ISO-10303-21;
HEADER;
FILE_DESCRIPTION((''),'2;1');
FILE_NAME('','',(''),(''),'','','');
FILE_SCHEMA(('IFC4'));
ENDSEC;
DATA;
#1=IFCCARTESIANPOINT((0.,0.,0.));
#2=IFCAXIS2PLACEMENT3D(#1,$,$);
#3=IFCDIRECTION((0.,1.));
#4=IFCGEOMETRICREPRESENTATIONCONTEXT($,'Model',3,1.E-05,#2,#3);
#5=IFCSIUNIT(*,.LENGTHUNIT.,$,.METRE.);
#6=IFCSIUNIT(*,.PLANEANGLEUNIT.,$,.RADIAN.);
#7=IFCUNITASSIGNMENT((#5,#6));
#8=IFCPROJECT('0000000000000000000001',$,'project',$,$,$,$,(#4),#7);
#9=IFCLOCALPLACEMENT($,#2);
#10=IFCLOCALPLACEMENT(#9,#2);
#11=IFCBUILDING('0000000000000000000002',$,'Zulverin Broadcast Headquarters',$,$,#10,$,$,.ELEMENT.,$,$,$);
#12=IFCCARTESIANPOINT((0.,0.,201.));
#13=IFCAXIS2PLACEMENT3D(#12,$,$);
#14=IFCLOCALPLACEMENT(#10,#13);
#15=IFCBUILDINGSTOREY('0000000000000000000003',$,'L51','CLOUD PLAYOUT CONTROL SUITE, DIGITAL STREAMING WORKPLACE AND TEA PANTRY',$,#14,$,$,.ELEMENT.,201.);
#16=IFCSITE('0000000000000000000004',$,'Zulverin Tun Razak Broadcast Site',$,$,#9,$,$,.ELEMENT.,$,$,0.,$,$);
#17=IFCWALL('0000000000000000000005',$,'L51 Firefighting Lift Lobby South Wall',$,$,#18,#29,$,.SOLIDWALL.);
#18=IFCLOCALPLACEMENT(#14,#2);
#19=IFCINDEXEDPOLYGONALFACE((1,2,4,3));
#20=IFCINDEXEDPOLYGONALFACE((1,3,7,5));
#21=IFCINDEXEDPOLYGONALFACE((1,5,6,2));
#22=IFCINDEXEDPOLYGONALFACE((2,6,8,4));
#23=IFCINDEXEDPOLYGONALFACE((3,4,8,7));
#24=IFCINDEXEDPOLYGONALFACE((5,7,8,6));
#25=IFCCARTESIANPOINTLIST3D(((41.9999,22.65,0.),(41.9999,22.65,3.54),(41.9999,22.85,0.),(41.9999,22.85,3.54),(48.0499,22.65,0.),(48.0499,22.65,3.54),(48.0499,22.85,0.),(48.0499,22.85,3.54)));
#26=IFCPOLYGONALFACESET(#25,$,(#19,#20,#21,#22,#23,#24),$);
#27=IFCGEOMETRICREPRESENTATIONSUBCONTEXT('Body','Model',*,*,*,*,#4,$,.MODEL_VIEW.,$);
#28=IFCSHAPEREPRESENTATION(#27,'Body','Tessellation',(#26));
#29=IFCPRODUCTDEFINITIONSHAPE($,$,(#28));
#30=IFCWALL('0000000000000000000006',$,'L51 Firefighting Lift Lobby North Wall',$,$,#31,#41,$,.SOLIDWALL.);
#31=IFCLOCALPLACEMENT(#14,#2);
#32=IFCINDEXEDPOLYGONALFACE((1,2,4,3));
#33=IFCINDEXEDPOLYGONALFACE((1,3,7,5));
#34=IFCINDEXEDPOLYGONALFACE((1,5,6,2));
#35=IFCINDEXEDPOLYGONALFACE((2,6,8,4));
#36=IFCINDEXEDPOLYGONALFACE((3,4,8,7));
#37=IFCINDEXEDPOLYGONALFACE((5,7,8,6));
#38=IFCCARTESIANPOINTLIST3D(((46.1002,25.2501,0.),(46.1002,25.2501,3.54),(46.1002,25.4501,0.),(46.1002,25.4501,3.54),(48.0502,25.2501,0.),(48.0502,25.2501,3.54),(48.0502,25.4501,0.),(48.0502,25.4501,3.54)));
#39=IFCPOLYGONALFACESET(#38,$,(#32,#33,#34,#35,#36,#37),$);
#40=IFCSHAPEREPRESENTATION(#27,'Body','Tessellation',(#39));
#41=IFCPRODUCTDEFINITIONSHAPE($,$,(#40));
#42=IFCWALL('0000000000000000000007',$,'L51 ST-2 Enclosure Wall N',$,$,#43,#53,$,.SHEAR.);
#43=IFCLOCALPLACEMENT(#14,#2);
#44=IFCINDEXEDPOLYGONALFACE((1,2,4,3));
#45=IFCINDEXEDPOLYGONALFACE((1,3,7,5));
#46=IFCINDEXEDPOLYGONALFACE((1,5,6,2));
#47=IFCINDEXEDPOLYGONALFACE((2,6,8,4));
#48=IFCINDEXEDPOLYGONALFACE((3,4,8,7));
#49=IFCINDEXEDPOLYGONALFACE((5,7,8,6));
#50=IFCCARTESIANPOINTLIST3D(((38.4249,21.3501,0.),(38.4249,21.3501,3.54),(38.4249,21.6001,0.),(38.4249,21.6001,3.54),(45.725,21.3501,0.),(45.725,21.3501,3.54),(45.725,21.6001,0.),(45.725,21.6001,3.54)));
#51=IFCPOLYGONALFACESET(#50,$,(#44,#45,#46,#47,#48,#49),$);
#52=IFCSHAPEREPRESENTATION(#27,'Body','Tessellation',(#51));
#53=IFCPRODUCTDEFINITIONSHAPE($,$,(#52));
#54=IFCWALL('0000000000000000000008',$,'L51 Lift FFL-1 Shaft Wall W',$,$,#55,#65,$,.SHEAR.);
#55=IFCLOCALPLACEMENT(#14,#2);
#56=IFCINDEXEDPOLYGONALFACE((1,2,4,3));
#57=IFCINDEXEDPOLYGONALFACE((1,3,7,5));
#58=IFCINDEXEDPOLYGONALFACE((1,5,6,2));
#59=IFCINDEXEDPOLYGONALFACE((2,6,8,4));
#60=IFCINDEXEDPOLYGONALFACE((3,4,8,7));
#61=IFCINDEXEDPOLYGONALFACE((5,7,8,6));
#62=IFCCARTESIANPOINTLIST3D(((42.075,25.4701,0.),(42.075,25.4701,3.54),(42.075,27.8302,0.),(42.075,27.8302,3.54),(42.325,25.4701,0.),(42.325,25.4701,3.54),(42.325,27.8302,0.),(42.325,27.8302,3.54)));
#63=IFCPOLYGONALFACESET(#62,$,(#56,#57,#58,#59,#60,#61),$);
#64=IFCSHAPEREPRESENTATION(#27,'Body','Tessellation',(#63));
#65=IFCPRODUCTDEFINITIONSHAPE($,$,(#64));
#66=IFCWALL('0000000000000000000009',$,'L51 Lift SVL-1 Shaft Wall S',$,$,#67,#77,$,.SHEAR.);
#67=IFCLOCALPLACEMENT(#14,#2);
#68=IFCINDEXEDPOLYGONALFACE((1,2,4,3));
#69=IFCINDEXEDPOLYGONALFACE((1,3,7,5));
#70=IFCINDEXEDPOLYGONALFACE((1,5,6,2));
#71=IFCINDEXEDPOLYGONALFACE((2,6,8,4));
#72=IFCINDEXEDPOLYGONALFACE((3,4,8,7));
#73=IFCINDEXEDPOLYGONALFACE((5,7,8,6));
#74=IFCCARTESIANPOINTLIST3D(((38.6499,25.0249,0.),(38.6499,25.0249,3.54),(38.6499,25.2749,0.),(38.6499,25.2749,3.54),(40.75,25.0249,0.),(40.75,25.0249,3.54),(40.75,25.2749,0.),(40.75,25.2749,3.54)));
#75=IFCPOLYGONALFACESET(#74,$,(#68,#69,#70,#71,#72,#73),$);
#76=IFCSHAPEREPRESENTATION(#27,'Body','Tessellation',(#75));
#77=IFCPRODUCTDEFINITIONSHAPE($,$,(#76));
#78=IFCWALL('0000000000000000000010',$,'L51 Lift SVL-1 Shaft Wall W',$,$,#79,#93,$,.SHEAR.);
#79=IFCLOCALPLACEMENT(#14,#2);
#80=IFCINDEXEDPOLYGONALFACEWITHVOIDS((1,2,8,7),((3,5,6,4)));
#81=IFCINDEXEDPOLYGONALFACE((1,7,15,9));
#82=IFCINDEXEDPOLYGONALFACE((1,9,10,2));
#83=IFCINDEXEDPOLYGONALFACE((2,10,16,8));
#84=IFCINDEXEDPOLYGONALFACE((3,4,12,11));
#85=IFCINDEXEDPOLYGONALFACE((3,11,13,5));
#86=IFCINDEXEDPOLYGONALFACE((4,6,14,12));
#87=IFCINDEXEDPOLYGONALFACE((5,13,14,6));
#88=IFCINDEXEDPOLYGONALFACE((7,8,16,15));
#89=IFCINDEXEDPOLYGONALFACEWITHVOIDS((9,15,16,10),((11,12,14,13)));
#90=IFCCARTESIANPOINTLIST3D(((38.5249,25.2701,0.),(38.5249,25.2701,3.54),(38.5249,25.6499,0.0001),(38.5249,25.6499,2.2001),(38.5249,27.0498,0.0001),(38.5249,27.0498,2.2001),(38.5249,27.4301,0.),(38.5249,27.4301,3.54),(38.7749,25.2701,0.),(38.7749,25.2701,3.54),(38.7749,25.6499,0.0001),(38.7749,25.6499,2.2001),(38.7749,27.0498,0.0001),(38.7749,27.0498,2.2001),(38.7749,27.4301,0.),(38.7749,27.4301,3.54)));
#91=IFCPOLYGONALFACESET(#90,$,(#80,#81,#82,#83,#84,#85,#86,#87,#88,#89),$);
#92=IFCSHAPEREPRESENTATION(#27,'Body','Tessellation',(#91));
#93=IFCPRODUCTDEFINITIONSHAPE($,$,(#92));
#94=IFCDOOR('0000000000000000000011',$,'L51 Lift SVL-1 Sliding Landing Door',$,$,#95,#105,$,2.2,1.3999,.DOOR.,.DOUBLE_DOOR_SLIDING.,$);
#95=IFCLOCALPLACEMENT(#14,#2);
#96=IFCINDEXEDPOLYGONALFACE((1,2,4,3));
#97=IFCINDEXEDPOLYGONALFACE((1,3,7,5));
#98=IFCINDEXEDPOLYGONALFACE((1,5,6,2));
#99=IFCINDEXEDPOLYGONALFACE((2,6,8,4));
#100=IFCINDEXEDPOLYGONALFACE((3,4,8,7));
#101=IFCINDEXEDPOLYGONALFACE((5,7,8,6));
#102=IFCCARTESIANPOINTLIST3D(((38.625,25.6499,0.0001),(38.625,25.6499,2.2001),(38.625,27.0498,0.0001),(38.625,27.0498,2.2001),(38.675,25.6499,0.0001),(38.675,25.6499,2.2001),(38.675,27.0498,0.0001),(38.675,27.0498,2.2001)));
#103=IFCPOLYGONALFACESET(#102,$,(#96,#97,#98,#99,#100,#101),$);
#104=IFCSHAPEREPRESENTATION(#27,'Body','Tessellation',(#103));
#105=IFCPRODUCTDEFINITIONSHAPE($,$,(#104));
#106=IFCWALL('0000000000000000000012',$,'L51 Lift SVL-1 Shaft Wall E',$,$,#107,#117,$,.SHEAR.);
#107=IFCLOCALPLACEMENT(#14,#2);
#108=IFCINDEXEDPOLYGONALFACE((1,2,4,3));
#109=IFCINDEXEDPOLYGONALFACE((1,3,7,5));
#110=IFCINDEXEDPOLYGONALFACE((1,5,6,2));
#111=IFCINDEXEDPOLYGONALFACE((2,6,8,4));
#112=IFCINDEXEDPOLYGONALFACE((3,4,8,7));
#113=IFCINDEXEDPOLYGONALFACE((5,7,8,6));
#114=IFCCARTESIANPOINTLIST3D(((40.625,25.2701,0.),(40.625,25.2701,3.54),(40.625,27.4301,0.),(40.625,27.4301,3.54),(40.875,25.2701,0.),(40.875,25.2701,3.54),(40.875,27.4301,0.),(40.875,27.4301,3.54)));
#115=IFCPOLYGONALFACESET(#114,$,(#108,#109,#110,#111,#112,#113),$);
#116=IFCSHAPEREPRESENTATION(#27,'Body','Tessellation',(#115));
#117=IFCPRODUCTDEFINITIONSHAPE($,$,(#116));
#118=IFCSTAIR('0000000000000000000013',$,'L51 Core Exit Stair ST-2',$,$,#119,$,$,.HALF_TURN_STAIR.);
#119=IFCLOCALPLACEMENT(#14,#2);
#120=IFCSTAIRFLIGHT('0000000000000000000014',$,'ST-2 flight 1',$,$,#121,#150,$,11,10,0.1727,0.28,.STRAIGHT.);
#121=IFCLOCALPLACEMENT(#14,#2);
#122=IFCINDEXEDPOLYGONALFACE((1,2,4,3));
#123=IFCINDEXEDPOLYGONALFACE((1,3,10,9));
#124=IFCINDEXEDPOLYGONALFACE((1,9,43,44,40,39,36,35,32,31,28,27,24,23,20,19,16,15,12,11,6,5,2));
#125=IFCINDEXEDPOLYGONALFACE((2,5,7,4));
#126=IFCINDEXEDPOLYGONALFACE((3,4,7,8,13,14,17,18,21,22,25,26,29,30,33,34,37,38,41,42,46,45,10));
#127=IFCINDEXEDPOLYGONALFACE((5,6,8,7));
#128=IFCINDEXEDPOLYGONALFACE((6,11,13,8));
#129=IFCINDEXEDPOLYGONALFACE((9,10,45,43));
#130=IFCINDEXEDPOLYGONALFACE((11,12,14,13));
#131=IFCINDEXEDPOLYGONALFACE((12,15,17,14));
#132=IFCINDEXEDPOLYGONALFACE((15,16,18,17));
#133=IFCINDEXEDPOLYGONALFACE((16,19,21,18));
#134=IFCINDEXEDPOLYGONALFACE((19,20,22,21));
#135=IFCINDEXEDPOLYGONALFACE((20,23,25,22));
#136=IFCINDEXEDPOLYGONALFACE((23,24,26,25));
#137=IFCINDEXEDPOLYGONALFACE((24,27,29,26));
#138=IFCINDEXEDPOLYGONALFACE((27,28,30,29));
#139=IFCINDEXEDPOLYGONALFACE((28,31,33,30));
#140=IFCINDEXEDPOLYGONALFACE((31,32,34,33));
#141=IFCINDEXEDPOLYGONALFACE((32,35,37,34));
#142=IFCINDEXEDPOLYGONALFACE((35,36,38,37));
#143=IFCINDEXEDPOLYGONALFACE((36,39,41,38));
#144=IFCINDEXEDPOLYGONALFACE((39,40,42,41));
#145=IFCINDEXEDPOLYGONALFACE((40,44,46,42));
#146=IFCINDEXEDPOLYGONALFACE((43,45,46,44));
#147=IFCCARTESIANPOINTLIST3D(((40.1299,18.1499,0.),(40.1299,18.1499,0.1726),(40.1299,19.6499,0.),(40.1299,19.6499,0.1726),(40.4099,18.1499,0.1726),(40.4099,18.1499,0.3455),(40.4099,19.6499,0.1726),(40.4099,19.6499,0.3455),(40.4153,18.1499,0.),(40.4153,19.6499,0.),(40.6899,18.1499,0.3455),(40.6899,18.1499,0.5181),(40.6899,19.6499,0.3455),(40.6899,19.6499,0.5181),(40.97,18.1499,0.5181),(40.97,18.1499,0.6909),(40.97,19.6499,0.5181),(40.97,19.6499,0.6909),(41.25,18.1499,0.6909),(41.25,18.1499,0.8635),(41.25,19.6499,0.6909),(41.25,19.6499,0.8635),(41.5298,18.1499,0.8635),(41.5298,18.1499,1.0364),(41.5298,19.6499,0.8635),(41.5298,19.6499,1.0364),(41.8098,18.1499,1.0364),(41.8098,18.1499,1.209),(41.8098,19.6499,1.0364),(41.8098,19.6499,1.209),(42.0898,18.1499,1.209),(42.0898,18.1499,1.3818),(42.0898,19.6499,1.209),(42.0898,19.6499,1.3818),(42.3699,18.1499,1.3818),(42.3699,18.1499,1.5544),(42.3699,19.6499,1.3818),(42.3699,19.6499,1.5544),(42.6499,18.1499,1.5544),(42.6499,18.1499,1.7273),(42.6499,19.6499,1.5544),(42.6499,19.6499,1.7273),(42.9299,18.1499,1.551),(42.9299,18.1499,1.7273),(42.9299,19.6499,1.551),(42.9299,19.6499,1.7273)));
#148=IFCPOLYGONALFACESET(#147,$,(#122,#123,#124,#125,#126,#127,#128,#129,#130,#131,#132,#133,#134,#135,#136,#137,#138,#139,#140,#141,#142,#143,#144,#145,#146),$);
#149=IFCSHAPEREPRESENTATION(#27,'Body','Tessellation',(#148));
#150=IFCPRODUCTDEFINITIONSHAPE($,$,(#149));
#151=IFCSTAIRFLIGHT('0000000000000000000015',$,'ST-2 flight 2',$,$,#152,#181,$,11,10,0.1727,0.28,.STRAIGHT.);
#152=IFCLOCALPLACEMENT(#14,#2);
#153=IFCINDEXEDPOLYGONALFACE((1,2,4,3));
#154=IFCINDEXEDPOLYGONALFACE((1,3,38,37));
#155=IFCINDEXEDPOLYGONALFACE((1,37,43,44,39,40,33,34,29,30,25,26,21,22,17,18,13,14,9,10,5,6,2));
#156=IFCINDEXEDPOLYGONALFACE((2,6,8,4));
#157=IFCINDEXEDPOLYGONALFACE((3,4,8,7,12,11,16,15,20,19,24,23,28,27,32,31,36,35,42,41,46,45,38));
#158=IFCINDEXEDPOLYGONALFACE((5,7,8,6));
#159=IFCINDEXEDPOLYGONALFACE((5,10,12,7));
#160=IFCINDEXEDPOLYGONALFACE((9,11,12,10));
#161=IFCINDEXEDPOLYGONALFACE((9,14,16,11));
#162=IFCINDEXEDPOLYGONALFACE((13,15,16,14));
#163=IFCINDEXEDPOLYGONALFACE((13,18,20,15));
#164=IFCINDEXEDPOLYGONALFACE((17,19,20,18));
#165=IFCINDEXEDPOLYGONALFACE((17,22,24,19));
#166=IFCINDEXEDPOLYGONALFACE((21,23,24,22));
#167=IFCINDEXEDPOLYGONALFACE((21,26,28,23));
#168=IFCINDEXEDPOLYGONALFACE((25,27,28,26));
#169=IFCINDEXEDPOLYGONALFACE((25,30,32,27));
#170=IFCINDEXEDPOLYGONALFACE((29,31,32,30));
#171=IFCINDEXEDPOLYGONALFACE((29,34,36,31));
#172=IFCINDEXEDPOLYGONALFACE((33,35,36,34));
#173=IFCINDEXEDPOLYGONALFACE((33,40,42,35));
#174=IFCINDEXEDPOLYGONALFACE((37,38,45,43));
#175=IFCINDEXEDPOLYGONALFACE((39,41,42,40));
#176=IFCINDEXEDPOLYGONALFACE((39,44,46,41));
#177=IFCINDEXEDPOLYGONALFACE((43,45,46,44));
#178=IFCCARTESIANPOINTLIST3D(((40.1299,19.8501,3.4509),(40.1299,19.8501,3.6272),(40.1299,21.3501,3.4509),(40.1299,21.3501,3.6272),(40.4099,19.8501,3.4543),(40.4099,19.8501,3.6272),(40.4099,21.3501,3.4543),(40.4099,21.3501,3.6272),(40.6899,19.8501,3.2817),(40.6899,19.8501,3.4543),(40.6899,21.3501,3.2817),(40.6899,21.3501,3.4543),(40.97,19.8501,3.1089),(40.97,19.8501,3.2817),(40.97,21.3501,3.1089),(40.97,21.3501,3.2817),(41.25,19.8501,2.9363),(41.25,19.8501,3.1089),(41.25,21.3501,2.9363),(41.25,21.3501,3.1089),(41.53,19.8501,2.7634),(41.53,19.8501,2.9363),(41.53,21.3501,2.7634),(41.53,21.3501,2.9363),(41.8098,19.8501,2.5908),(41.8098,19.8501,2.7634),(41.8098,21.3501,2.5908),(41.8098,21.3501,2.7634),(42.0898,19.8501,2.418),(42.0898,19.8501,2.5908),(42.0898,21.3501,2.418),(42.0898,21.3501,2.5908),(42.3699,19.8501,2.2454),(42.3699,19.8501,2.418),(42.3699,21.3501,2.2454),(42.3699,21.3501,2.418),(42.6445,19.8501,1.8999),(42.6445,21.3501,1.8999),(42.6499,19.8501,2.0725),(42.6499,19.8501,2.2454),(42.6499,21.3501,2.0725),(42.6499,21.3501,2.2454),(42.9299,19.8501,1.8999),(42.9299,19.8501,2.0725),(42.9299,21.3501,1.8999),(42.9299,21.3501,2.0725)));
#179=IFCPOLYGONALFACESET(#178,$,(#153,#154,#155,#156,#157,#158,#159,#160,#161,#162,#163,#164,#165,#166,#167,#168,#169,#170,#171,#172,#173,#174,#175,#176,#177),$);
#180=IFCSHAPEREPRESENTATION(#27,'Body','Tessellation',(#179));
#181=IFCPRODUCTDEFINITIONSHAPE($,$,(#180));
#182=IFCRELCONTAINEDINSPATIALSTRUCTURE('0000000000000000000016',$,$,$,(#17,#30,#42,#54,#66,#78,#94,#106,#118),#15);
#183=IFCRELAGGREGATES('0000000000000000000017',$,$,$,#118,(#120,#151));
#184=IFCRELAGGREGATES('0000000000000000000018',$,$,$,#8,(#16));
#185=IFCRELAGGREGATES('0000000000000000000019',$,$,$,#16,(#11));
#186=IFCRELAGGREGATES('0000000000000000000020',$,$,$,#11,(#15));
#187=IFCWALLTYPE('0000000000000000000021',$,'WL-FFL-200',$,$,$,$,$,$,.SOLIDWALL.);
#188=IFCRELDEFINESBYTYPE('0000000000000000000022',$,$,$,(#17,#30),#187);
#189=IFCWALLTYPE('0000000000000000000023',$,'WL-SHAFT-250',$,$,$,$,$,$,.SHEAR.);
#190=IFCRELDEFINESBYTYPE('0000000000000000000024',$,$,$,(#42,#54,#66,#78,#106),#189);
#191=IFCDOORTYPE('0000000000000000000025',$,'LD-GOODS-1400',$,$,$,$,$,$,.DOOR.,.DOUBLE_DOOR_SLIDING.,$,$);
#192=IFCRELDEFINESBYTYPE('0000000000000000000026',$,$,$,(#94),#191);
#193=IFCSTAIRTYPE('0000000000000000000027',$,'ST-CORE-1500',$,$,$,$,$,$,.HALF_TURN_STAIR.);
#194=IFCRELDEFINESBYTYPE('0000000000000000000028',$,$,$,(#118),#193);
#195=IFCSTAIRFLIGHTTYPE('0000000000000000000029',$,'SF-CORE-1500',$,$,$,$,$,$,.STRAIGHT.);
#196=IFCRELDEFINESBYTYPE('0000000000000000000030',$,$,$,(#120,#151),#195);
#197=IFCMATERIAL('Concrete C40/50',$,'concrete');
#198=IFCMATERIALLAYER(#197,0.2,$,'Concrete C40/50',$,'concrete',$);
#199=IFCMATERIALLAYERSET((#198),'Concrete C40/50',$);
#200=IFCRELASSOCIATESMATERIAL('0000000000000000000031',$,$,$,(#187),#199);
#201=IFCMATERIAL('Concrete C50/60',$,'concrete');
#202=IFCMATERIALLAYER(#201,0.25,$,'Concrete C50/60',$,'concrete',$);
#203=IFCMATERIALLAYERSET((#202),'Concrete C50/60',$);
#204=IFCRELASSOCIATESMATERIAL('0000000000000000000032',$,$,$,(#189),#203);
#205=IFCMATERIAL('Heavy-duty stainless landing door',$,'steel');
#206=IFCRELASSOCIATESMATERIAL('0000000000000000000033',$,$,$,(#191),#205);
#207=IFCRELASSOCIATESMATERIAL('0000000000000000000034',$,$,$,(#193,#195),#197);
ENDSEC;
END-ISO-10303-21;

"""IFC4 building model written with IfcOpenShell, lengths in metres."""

from ifc_helpers import new_model, si_unit, direction, frame, frame_2d, origin, place, context, subcontext, project, spatial, polyline, rectangle, outline, extrude, material, layer, layer_set, type_object, element, fill, aggregate, save


model = new_model("IFC4")

# Units and contexts
model_context = context("Model", 3, precision=1e-05, world=origin(), true_north=direction((0.0, 1.0)))
body_context = subcontext(model_context, "Body", "Model", "MODEL_VIEW")
ifc_project = project(units=[si_unit("LENGTHUNIT", "METRE"), si_unit("PLANEANGLEUNIT", "RADIAN")], contexts=[model_context])

# Site, building, storey
site_placement = place(None, origin())
site = spatial("IfcSite", under=ifc_project, at=site_placement, Name="Zulverin Tun Razak Broadcast Site", CompositionType="ELEMENT", RefElevation=0.0)
building_placement = place(site_placement, origin())
building = spatial("IfcBuilding", under=site, at=building_placement, Name="Zulverin Broadcast Headquarters", CompositionType="ELEMENT")
storey_placement = place(building_placement, frame((0.0, 0.0, 201.0)))
storey = spatial("IfcBuildingStorey", under=building, at=storey_placement, Name="L51", Description="CLOUD PLAYOUT CONTROL SUITE, DIGITAL STREAMING WORKPLACE AND TEA PANTRY", CompositionType="ELEMENT", Elevation=201.0)

# Shared definitions
ifc_material_1 = material(Name="Concrete C40/50", Category="concrete")
ifc_layer_1 = layer(ifc_material_1, 0.2, Name="Concrete C40/50", Category="concrete")
ifc_layer_set_1 = layer_set([ifc_layer_1], Name="Concrete C40/50")
wall_type_1 = type_object("IfcWallType", Name="WL-FFL-200", PredefinedType="SOLIDWALL", material=ifc_layer_set_1)

# Walls
wall_1_placement = place(storey_placement, frame((42.0, 22.75, 0.0), z_axis=(0.0, 0.0, 1.0), x_axis=(1.0, 0.0, 0.0)))
element("IfcWall", 1, at=wall_1_placement, inside=storey, type_object=wall_type_1, Name="L51 Firefighting Lift Lobby South Wall", PredefinedType="SOLIDWALL", context=body_context, shape_type="SweptSolid", body=[
    extrude(rectangle(XDim=6.05, YDim=0.2, at=frame_2d((3.0249, 0.0))), origin(), (0.0, 0.0, 1.0), 3.54),
])
wall_2_placement = place(storey_placement, frame((46.1001, 25.3501, 0.0), z_axis=(0.0, 0.0, 1.0), x_axis=(1.0, 0.0, 0.0)))
element("IfcWall", 2, at=wall_2_placement, inside=storey, type_object=wall_type_1, Name="L51 Firefighting Lift Lobby North Wall", PredefinedType="SOLIDWALL", context=body_context, shape_type="SweptSolid", body=[
    extrude(rectangle(XDim=1.95, YDim=0.2, at=frame_2d((0.9751, 0.0))), origin(), (0.0, 0.0, 1.0), 3.54),
])
ifc_material_2 = material(Name="Concrete C50/60", Category="concrete")
ifc_layer_2 = layer(ifc_material_2, 0.25, Name="Concrete C50/60", Category="concrete")
ifc_layer_set_2 = layer_set([ifc_layer_2], Name="Concrete C50/60")
wall_type_2 = type_object("IfcWallType", Name="WL-SHAFT-250", PredefinedType="SHEAR", material=ifc_layer_set_2)
wall_3_placement = place(storey_placement, frame((38.425, 21.4751, 0.0), z_axis=(0.0, 0.0, 1.0), x_axis=(1.0, 0.0, 0.0)))
element("IfcWall", 3, at=wall_3_placement, inside=storey, type_object=wall_type_2, Name="L51 ST-2 Enclosure Wall N", PredefinedType="SHEAR", context=body_context, shape_type="SweptSolid", body=[
    extrude(rectangle(XDim=7.3, YDim=0.25, at=frame_2d((3.6499, 0.0))), origin(), (0.0, 0.0, 1.0), 3.54),
])

# Wall
wall_4_placement = place(storey_placement, frame((42.2, 25.47, 0.0), z_axis=(0.0, 0.0, 1.0), x_axis=(0.0, 1.0, 0.0)))
element("IfcWall", 4, at=wall_4_placement, inside=storey, type_object=wall_type_2, Name="L51 Lift FFL-1 Shaft Wall W", PredefinedType="SHEAR", context=body_context, shape_type="SweptSolid", body=[
    extrude(rectangle(XDim=2.3601, YDim=0.25, at=frame_2d((1.1802, 0.0))), origin(), (0.0, 0.0, 1.0), 3.54),
])

# Wall
wall_5_placement = place(storey_placement, frame((38.6499, 25.1499, 0.0), z_axis=(0.0, 0.0, 1.0), x_axis=(1.0, 0.0, 0.0)))
element("IfcWall", 5, at=wall_5_placement, inside=storey, type_object=wall_type_2, Name="L51 Lift SVL-1 Shaft Wall S", PredefinedType="SHEAR", context=body_context, shape_type="SweptSolid", body=[
    extrude(rectangle(XDim=2.1001, YDim=0.25, at=frame_2d((1.05, 0.0))), origin(), (0.0, 0.0, 1.0), 3.54),
])

# Wall, opening, door
wall_6_placement = place(storey_placement, frame((38.6499, 25.27, 0.0), z_axis=(0.0, 0.0, 1.0), x_axis=(0.0, 1.0, 0.0)))
wall_6 = element("IfcWall", 6, at=wall_6_placement, inside=storey, type_object=wall_type_2, Name="L51 Lift SVL-1 Shaft Wall W", PredefinedType="SHEAR", context=body_context, shape_type="SweptSolid", body=[
    extrude(rectangle(XDim=2.1599, YDim=0.25, at=frame_2d((1.0801, 0.0))), origin(), (0.0, 0.0, 1.0), 3.54),
])
opening_1_placement = place(wall_6_placement, frame((0.3799, 0.0, 0.0)))
opening_1 = element("IfcOpeningElement", 7, at=opening_1_placement, cuts=wall_6, PredefinedType="OPENING", context=body_context, shape_type="SweptSolid", body=[
    extrude(rectangle(XDim=1.3999, YDim=2.2, at=frame_2d((0.7, 1.1001))), frame((0.0, 0.135, 0.0), z_axis=(0.0, -1.0, 0.0), x_axis=(1.0, 0.0, 0.0)), (0.0, 0.0, 1.0), 0.27),
])
ifc_material_3 = material(Name="Heavy-duty stainless landing door", Category="steel")
door_type_1 = type_object("IfcDoorType", Name="LD-GOODS-1400", OperationType="DOUBLE_DOOR_SLIDING", PredefinedType="DOOR", material=ifc_material_3)
door_1_placement = place(opening_1_placement, origin())
door_1 = element("IfcDoor", 8, at=door_1_placement, inside=storey, type_object=door_type_1, Name="L51 Lift SVL-1 Sliding Landing Door", OperationType="DOUBLE_DOOR_SLIDING", OverallHeight=2.2, OverallWidth=1.3999, PredefinedType="DOOR", context=body_context, shape_type="SweptSolid", body=[
    extrude(rectangle(XDim=1.3999, YDim=2.2, at=frame_2d((0.7, 1.1001))), frame((0.0, 0.0249, 0.0), z_axis=(0.0, -1.0, 0.0), x_axis=(1.0, 0.0, 0.0)), (0.0, 0.0, 1.0), 0.05),
])
fill(opening_1, door_1)

# Wall
wall_7_placement = place(storey_placement, frame((40.75, 25.27, 0.0), z_axis=(0.0, 0.0, 1.0), x_axis=(0.0, 1.0, 0.0)))
element("IfcWall", 9, at=wall_7_placement, inside=storey, type_object=wall_type_2, Name="L51 Lift SVL-1 Shaft Wall E", PredefinedType="SHEAR", context=body_context, shape_type="SweptSolid", body=[
    extrude(rectangle(XDim=2.1599, YDim=0.25, at=frame_2d((1.0801, 0.0))), origin(), (0.0, 0.0, 1.0), 3.54),
])

# Stair, stair flights
stair_type = type_object("IfcStairType", Name="ST-CORE-1500", PredefinedType="HALF_TURN_STAIR", material=ifc_material_1)
stair_placement = place(storey_placement, origin())
stair = element("IfcStair", 10, at=stair_placement, inside=storey, type_object=stair_type, Name="L51 Core Exit Stair ST-2", PredefinedType="HALF_TURN_STAIR")
stair_flight_type = type_object("IfcStairFlightType", Name="SF-CORE-1500", PredefinedType="STRAIGHT", material=ifc_material_1)
stair_flight_1_placement = place(storey_placement, frame((40.1299, 18.8999, 0.0), z_axis=(0.0, 0.0, 1.0), x_axis=(1.0, 0.0, 0.0)))
stair_flight_1 = element("IfcStairFlight", 11, at=stair_flight_1_placement, type_object=stair_flight_type, Name="ST-2 flight 1", NumberOfRisers=11, NumberOfTreads=10, PredefinedType="STRAIGHT", RiserHeight=0.1727, TreadLength=0.28, context=body_context, shape_type="SweptSolid", body=[
    extrude(outline(polyline([(0.0, 0.0), (0.0, 0.1726), (0.28, 0.1726), (0.28, 0.3455), (0.5601, 0.3455), (0.5601, 0.5181), (0.8401, 0.5181), (0.8401, 0.6909), (1.1201, 0.6909), (1.1201, 0.8635), (1.3999, 0.8635), (1.3999, 1.0364), (1.6799, 1.0364), (1.6799, 1.209), (1.96, 1.209), (1.96, 1.3818), (2.24, 1.3818), (2.24, 1.5544), (2.52, 1.5544), (2.52, 1.7273), (2.8, 1.7273), (2.8, 1.8999), (2.8, 1.551), (0.2854, 0.0), (0.0, 0.0)])), frame((0.0, 0.75, 0.0), z_axis=(0.0, -1.0, 0.0), x_axis=(1.0, 0.0, 0.0)), (0.0, 0.0, 1.0), 1.5),
])
stair_flight_2_placement = place(storey_placement, frame((42.9299, 20.6001, 1.8999), z_axis=(0.0, 0.0, 1.0), x_axis=(-1.0, 0.0, 0.0)))
stair_flight_2 = element("IfcStairFlight", 12, at=stair_flight_2_placement, type_object=stair_flight_type, Name="ST-2 flight 2", NumberOfRisers=11, NumberOfTreads=10, PredefinedType="STRAIGHT", RiserHeight=0.1727, TreadLength=0.28, context=body_context, shape_type="SweptSolid", body=[
    extrude(outline(polyline([(0.0, 0.0), (0.0, 0.1726), (0.28, 0.1726), (0.28, 0.3455), (0.5601, 0.3455), (0.5601, 0.5181), (0.8401, 0.5181), (0.8401, 0.6909), (1.1201, 0.6909), (1.1201, 0.8635), (1.3999, 0.8635), (1.3999, 1.0364), (1.6799, 1.0364), (1.6799, 1.209), (1.96, 1.209), (1.96, 1.3818), (2.24, 1.3818), (2.24, 1.5544), (2.52, 1.5544), (2.52, 1.7273), (2.8, 1.7273), (2.8, 1.8999), (2.8, 1.551), (0.2854, 0.0), (0.0, 0.0)])), frame((0.0, 0.75, 0.0), z_axis=(0.0, -1.0, 0.0), x_axis=(1.0, 0.0, 0.0)), (0.0, 0.0, 1.0), 1.5),
])
aggregate(stair, [stair_flight_1, stair_flight_2])

save(model, "model.ifc")
